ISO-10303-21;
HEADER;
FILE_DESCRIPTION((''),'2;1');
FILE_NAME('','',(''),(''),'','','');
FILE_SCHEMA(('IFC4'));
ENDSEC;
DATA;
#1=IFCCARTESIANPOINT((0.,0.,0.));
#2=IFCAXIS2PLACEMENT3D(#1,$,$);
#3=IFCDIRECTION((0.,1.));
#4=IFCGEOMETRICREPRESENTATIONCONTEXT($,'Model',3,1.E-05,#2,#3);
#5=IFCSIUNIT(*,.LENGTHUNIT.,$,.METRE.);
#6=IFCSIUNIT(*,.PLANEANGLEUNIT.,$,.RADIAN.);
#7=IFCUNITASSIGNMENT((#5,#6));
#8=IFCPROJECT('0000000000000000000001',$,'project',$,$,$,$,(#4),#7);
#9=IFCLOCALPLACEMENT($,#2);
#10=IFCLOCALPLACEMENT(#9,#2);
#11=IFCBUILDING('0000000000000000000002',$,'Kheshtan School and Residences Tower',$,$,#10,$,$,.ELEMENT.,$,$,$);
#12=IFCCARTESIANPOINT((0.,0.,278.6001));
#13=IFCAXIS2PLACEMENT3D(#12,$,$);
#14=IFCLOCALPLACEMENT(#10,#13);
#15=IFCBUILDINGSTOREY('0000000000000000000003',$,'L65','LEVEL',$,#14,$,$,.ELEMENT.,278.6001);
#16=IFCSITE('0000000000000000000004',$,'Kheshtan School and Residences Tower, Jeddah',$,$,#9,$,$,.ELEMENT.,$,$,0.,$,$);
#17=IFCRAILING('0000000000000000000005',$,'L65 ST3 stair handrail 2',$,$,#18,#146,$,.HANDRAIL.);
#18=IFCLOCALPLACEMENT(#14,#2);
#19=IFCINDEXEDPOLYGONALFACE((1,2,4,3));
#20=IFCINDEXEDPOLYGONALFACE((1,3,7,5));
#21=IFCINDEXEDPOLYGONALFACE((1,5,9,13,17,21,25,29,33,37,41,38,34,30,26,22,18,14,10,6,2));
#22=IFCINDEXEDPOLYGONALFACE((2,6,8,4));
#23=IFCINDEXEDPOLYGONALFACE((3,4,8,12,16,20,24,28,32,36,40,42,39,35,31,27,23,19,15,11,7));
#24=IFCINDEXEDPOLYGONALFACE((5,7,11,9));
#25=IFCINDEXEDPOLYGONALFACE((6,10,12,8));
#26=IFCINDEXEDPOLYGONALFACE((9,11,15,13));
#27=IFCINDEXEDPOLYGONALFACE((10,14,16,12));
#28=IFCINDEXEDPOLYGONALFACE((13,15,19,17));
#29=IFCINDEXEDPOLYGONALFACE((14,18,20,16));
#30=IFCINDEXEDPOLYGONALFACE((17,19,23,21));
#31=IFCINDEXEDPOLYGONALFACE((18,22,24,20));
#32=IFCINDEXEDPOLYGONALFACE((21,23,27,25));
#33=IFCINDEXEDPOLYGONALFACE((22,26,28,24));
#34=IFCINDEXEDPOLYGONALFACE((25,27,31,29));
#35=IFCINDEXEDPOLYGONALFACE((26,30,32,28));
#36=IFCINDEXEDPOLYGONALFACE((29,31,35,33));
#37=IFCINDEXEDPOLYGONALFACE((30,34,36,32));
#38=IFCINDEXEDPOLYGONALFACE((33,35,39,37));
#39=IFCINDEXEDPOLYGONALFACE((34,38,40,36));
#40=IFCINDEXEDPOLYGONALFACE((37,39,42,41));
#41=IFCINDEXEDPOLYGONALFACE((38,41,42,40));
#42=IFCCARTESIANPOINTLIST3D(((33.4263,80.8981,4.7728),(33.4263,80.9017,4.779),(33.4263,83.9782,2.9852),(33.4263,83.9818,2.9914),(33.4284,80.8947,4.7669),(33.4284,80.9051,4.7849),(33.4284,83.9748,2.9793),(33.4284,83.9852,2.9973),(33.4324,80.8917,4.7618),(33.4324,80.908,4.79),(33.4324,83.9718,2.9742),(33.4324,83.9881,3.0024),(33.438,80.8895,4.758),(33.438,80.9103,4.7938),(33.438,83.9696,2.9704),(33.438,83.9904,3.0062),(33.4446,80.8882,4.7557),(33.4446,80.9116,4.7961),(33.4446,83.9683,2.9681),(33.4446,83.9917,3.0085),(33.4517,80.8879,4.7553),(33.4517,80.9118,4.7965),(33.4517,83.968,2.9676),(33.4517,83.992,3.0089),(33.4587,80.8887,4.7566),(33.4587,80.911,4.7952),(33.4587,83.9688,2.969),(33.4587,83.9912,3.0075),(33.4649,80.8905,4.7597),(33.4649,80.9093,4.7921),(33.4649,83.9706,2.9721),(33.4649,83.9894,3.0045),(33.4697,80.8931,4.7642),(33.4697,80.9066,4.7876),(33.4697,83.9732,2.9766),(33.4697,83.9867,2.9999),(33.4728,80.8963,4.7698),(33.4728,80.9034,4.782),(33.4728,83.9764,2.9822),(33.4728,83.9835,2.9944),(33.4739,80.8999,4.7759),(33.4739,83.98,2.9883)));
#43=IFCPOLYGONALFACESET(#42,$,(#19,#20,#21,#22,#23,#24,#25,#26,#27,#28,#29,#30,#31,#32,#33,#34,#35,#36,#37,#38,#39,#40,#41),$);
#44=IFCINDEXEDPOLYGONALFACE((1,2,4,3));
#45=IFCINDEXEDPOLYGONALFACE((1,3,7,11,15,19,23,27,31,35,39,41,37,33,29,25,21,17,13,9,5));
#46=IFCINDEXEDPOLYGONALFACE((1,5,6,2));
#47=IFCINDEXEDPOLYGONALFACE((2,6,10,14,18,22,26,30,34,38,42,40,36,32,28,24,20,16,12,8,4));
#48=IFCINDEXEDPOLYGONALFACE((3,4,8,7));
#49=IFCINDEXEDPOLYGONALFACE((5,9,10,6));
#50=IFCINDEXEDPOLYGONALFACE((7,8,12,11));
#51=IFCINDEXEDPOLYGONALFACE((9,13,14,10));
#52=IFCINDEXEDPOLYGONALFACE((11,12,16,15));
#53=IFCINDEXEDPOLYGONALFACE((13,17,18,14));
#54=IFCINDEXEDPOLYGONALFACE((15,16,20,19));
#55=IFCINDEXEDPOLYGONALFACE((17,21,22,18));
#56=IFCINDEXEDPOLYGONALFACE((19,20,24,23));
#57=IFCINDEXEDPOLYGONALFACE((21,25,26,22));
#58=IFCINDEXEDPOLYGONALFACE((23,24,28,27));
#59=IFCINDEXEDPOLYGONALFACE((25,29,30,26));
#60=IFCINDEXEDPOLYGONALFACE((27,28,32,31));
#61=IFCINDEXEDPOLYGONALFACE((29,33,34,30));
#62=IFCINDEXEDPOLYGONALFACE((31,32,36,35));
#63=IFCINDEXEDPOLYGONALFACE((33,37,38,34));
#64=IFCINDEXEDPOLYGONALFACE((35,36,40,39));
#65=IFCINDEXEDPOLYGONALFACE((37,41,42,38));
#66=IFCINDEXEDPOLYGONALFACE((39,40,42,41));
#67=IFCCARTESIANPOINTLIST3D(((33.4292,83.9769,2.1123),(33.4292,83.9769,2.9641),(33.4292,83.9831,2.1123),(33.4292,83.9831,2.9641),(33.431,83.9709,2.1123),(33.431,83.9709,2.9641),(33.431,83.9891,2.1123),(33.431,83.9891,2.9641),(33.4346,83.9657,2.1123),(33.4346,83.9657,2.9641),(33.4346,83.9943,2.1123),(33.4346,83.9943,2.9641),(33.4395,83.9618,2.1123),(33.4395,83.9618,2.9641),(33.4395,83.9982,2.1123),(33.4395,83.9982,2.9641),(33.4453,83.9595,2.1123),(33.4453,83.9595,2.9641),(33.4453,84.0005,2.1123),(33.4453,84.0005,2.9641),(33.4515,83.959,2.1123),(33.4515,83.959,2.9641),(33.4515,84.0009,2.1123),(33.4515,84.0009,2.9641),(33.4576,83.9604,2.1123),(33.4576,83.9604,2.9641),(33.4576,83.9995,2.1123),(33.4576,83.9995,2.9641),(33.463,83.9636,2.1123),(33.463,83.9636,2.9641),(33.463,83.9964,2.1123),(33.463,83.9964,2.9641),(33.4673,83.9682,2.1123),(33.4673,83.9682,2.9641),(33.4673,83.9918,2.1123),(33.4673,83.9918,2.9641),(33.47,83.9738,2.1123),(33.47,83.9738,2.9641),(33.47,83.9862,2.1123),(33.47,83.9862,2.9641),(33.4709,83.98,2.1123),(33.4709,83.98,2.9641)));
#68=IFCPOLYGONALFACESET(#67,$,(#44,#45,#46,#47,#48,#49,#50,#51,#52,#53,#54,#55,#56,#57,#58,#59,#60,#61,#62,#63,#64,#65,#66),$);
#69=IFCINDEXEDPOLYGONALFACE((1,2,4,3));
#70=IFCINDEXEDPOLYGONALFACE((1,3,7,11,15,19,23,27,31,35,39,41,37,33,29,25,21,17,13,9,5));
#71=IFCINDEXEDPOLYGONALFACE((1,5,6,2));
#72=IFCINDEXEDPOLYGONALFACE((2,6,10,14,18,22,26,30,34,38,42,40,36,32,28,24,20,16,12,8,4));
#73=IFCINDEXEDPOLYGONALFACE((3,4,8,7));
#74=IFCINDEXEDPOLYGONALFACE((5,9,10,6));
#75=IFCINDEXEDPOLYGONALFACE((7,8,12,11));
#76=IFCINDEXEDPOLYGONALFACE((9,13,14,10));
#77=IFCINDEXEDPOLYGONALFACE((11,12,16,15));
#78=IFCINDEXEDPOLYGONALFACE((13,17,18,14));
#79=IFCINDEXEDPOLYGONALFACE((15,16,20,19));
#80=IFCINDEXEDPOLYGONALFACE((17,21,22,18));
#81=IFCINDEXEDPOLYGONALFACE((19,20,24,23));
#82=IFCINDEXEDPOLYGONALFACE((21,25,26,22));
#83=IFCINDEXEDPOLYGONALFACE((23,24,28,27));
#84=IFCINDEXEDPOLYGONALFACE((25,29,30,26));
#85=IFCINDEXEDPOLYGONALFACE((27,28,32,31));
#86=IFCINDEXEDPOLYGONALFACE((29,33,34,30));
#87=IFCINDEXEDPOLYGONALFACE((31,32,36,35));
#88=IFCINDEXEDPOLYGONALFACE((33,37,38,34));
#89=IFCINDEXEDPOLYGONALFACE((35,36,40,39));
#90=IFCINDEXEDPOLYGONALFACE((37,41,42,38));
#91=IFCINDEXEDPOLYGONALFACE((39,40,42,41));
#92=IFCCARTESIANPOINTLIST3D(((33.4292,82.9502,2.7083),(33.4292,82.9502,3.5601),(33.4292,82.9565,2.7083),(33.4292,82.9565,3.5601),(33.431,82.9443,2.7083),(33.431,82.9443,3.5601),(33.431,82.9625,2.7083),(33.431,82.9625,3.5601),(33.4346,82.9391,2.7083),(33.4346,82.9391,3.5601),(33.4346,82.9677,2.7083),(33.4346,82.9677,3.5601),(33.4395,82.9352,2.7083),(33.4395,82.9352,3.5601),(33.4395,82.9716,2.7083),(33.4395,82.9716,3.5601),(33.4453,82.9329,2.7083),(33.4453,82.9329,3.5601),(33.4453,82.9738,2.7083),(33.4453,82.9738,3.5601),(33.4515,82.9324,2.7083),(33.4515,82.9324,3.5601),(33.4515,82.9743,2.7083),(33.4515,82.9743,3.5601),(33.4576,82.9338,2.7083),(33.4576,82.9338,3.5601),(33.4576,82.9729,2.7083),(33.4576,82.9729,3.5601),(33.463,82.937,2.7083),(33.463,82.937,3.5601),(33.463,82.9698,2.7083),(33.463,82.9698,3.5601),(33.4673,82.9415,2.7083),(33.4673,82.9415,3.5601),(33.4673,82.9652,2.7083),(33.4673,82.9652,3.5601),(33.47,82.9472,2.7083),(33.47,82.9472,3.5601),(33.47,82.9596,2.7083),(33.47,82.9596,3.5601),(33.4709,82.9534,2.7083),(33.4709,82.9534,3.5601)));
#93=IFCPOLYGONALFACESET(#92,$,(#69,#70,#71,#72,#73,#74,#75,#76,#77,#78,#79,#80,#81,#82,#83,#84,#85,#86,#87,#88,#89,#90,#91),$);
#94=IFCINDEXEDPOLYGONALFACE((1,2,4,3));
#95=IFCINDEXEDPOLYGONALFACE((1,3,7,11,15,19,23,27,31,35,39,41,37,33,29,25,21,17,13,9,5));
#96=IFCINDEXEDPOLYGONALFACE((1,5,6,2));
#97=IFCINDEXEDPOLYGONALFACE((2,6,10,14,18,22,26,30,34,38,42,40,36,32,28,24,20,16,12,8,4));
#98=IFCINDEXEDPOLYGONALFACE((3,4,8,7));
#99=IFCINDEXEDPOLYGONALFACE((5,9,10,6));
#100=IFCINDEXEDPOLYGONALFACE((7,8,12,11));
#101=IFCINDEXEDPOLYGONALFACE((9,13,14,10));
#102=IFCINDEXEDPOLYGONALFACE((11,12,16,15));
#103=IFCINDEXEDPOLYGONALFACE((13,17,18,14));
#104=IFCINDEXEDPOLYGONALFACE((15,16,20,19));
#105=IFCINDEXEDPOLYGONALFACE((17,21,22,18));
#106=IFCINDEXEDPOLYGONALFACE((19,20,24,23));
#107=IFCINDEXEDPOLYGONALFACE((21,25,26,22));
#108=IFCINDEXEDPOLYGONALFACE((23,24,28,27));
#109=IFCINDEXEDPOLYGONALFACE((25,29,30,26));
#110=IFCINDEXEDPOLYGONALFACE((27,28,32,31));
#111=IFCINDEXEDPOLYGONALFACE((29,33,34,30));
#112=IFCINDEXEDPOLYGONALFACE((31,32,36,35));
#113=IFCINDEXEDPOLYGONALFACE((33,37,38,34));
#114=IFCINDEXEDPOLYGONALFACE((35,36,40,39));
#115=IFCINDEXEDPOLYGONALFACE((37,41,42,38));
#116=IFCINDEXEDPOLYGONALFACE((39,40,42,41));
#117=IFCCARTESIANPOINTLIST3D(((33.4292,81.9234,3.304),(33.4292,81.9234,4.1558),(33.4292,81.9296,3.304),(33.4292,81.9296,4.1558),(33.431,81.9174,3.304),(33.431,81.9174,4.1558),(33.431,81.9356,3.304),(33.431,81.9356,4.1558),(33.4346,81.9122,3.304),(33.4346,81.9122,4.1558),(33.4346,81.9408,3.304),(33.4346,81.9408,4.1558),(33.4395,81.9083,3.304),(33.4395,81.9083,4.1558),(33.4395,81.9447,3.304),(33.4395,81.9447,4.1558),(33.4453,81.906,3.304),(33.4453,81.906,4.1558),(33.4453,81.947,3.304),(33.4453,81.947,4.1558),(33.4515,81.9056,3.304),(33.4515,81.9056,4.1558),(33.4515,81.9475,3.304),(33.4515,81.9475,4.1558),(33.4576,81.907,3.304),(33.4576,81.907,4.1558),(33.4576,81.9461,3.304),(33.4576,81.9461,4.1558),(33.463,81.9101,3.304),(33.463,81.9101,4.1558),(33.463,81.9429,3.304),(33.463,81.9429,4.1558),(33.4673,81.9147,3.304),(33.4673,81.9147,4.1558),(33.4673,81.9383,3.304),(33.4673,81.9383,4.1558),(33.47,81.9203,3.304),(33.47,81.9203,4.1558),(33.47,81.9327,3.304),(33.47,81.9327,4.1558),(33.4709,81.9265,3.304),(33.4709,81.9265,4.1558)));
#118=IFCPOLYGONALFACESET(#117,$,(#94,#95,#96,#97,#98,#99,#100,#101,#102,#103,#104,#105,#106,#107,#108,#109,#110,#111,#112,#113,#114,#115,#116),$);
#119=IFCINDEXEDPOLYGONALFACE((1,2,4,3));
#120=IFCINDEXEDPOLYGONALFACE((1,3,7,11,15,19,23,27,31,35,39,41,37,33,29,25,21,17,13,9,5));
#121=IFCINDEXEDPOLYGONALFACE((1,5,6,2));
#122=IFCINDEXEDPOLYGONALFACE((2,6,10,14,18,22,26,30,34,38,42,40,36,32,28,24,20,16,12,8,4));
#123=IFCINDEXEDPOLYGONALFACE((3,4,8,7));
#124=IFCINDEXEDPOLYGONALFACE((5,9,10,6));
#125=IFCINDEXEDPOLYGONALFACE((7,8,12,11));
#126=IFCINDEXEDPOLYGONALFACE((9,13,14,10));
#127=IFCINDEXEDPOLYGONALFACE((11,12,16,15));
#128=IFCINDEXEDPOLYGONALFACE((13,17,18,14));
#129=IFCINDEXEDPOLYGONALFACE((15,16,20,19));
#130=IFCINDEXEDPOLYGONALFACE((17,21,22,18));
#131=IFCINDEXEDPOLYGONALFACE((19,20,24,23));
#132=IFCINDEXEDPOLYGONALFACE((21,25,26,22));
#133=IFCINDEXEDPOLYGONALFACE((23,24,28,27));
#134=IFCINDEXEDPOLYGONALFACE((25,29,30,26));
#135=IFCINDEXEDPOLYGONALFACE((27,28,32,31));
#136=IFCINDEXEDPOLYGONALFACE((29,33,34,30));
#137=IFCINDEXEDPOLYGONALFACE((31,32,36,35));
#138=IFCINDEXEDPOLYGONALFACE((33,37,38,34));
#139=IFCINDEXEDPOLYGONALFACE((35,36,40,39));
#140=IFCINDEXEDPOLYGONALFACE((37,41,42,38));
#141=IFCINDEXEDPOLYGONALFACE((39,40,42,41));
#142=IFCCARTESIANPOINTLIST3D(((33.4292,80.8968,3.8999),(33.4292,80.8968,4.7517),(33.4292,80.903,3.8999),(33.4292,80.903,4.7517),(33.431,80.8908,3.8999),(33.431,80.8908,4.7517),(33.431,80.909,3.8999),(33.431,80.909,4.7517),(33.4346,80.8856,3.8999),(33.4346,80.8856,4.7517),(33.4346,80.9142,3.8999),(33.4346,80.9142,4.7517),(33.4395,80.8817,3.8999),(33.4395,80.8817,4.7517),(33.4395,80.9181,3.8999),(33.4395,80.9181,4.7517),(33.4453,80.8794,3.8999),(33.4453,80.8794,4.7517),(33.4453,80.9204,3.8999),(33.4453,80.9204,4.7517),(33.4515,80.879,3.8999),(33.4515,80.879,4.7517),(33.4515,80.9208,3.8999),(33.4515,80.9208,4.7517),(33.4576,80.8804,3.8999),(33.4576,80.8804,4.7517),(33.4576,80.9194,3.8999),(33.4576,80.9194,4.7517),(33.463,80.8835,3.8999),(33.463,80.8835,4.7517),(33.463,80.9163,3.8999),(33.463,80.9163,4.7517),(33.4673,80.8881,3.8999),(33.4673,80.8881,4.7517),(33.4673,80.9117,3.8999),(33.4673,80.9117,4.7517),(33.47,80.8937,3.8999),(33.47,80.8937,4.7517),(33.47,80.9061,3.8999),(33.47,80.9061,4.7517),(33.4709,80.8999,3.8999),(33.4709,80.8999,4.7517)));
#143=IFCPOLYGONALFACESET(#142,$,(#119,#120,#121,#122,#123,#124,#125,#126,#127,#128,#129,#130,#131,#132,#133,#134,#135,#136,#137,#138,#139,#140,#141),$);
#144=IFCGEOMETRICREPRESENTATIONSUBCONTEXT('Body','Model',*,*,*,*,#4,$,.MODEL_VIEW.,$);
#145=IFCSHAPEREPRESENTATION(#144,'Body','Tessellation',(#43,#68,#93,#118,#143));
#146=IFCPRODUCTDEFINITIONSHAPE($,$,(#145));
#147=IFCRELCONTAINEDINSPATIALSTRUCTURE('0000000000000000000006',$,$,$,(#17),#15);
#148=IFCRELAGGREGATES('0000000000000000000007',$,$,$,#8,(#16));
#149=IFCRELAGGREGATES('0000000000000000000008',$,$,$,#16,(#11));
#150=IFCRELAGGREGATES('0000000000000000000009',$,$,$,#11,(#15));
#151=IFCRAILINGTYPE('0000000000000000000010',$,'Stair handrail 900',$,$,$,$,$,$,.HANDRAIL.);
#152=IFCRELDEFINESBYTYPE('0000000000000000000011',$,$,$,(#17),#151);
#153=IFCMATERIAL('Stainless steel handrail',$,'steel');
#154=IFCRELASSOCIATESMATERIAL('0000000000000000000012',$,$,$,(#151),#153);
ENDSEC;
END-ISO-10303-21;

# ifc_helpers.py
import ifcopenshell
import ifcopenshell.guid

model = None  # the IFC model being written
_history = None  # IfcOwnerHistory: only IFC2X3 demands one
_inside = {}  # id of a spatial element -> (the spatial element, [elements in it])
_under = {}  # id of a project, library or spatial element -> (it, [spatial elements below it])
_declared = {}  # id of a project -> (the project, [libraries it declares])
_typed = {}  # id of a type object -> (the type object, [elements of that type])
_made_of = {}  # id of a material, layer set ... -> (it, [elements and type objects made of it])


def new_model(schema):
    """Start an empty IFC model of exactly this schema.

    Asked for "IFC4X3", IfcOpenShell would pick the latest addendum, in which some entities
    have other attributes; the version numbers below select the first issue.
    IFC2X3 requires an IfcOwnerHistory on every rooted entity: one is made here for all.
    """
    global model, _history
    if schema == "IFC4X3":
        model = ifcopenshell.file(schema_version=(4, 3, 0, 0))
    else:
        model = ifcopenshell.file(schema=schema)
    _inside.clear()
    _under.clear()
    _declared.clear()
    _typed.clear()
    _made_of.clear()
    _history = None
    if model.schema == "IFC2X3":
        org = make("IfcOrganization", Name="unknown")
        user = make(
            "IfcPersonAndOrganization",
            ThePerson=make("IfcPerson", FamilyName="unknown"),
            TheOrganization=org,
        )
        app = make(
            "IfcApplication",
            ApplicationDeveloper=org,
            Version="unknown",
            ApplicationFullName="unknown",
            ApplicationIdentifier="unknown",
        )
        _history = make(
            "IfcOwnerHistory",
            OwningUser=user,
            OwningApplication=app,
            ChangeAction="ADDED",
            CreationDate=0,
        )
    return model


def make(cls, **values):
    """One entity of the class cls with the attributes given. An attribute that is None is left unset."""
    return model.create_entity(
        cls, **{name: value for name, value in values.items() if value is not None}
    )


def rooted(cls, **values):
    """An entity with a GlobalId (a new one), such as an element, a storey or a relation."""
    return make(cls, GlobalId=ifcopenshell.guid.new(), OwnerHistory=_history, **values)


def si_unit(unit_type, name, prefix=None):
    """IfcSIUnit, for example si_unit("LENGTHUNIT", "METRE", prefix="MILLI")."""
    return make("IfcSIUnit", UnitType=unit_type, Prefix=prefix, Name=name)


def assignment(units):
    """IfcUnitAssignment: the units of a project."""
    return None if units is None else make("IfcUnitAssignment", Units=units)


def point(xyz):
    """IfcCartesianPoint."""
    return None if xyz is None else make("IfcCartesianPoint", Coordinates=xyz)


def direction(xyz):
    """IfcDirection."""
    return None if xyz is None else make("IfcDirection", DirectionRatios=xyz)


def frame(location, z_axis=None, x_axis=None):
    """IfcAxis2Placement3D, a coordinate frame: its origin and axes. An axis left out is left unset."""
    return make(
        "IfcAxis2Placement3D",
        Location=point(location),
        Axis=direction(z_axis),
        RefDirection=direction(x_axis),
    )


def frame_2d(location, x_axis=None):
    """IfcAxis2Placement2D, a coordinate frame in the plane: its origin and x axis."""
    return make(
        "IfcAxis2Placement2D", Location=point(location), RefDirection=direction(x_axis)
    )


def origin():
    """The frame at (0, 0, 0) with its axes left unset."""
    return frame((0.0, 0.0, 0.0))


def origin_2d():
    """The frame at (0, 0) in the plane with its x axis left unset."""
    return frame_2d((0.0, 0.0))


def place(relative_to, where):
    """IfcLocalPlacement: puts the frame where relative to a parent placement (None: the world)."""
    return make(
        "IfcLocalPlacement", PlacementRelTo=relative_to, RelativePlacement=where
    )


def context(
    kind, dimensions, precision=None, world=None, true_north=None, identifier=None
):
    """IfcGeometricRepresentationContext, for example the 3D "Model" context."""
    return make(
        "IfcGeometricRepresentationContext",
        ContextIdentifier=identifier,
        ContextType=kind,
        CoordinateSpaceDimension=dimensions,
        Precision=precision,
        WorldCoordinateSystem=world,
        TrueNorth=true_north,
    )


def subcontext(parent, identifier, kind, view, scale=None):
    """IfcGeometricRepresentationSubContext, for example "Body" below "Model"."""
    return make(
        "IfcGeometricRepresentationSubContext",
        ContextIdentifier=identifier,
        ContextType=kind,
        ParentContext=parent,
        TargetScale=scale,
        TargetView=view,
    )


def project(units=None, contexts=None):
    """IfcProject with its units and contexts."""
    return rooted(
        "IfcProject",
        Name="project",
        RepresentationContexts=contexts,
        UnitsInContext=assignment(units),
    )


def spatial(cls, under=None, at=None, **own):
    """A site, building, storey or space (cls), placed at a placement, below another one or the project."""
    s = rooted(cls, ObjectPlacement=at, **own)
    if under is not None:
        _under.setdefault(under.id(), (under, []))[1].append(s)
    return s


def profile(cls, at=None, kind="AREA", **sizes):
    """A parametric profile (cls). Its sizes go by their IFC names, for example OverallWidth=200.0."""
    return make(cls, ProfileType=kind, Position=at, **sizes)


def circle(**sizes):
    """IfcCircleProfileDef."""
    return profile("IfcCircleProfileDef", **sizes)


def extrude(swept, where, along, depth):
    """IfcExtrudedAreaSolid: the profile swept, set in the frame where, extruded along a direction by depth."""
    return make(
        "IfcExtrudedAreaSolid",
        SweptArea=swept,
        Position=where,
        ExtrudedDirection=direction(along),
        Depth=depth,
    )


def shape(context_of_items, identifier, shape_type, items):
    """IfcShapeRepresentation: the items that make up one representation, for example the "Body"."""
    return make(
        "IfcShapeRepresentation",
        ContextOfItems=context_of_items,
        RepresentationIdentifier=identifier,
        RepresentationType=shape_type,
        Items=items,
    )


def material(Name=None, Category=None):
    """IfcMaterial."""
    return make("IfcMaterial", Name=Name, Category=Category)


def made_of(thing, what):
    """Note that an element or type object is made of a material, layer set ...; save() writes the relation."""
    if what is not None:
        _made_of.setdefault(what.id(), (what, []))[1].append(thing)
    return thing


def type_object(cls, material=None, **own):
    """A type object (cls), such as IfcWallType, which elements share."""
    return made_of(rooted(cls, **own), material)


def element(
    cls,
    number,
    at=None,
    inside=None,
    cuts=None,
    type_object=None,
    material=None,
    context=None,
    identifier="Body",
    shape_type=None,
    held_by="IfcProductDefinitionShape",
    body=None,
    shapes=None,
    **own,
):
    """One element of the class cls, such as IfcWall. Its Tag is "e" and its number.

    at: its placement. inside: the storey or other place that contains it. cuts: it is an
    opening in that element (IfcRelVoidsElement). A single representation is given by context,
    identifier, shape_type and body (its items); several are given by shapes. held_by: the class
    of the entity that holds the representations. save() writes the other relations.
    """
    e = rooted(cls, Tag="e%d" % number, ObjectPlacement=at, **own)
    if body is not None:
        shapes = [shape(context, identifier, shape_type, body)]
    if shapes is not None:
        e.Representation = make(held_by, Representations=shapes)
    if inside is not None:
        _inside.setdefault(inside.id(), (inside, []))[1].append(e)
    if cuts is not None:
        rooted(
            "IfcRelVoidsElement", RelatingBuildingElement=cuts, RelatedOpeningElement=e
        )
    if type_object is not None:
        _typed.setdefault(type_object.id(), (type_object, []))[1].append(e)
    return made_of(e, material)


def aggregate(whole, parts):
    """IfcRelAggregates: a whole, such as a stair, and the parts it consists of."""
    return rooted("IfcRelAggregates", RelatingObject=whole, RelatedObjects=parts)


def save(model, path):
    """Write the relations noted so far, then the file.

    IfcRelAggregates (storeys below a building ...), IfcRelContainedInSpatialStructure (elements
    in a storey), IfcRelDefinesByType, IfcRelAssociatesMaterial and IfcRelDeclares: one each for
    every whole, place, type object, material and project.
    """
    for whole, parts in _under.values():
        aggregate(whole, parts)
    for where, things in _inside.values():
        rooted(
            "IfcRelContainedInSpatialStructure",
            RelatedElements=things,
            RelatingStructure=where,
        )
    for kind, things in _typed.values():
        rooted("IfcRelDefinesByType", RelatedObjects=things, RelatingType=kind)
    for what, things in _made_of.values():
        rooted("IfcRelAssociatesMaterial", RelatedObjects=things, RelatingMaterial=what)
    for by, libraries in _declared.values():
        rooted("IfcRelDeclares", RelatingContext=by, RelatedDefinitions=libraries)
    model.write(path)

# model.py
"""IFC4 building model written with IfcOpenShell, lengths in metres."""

from ifc_helpers import new_model, si_unit, direction, frame, origin, origin_2d, place, context, subcontext, project, spatial, circle, extrude, material, type_object, element, save


model = new_model("IFC4")

# Units and contexts
model_context = context("Model", 3, precision=1e-05, world=origin(), true_north=direction((0.0, 1.0)))
body_context = subcontext(model_context, "Body", "Model", "MODEL_VIEW")
ifc_project = project(units=[si_unit("LENGTHUNIT", "METRE"), si_unit("PLANEANGLEUNIT", "RADIAN")], contexts=[model_context])

# Site, building, storey
site_placement = place(None, origin())
site = spatial("IfcSite", under=ifc_project, at=site_placement, Name="Kheshtan School and Residences Tower, Jeddah", CompositionType="ELEMENT", RefElevation=0.0)
building_placement = place(site_placement, origin())
building = spatial("IfcBuilding", under=site, at=building_placement, Name="Kheshtan School and Residences Tower", CompositionType="ELEMENT")
storey_placement = place(building_placement, frame((0.0, 0.0, 278.6001)))
storey = spatial("IfcBuildingStorey", under=building, at=storey_placement, Name="L65", Description="LEVEL", CompositionType="ELEMENT", Elevation=278.6001)

# Railing
ifc_material_1 = material(Name="Stainless steel handrail", Category="steel")
railing_type_1 = type_object("IfcRailingType", Name="Stair handrail 900", PredefinedType="HANDRAIL", material=ifc_material_1)
railing_1_placement = place(storey_placement, frame((33.45, 83.98, 2.1123)))
element("IfcRailing", 1, at=railing_1_placement, inside=storey, type_object=railing_type_1, Name="L65 ST3 stair handrail 2", PredefinedType="HANDRAIL", context=body_context, shape_type="SweptSolid", body=[
    extrude(circle(Radius=0.0239, at=origin_2d()), frame((0.0, 0.0, 0.876), z_axis=(0.0, -0.864891, 0.50196), x_axis=(1.0, 0.0, 0.0)), (0.0, 0.0, 1.0), 3.5613),
    extrude(circle(Radius=0.021, at=origin_2d()), origin(), (0.0, 0.0, 1.0), 0.8518),
    extrude(circle(Radius=0.021, at=origin_2d()), frame((0.0, -1.0266, 0.5959)), (0.0, 0.0, 1.0), 0.8518),
    extrude(circle(Radius=0.021, at=origin_2d()), frame((0.0, -2.0535, 1.1917)), (0.0, 0.0, 1.0), 0.8518),
    extrude(circle(Radius=0.021, at=origin_2d()), frame((0.0, -3.0801, 1.7876)), (0.0, 0.0, 1.0), 0.8518),
])

save(model, "model.ifc")
